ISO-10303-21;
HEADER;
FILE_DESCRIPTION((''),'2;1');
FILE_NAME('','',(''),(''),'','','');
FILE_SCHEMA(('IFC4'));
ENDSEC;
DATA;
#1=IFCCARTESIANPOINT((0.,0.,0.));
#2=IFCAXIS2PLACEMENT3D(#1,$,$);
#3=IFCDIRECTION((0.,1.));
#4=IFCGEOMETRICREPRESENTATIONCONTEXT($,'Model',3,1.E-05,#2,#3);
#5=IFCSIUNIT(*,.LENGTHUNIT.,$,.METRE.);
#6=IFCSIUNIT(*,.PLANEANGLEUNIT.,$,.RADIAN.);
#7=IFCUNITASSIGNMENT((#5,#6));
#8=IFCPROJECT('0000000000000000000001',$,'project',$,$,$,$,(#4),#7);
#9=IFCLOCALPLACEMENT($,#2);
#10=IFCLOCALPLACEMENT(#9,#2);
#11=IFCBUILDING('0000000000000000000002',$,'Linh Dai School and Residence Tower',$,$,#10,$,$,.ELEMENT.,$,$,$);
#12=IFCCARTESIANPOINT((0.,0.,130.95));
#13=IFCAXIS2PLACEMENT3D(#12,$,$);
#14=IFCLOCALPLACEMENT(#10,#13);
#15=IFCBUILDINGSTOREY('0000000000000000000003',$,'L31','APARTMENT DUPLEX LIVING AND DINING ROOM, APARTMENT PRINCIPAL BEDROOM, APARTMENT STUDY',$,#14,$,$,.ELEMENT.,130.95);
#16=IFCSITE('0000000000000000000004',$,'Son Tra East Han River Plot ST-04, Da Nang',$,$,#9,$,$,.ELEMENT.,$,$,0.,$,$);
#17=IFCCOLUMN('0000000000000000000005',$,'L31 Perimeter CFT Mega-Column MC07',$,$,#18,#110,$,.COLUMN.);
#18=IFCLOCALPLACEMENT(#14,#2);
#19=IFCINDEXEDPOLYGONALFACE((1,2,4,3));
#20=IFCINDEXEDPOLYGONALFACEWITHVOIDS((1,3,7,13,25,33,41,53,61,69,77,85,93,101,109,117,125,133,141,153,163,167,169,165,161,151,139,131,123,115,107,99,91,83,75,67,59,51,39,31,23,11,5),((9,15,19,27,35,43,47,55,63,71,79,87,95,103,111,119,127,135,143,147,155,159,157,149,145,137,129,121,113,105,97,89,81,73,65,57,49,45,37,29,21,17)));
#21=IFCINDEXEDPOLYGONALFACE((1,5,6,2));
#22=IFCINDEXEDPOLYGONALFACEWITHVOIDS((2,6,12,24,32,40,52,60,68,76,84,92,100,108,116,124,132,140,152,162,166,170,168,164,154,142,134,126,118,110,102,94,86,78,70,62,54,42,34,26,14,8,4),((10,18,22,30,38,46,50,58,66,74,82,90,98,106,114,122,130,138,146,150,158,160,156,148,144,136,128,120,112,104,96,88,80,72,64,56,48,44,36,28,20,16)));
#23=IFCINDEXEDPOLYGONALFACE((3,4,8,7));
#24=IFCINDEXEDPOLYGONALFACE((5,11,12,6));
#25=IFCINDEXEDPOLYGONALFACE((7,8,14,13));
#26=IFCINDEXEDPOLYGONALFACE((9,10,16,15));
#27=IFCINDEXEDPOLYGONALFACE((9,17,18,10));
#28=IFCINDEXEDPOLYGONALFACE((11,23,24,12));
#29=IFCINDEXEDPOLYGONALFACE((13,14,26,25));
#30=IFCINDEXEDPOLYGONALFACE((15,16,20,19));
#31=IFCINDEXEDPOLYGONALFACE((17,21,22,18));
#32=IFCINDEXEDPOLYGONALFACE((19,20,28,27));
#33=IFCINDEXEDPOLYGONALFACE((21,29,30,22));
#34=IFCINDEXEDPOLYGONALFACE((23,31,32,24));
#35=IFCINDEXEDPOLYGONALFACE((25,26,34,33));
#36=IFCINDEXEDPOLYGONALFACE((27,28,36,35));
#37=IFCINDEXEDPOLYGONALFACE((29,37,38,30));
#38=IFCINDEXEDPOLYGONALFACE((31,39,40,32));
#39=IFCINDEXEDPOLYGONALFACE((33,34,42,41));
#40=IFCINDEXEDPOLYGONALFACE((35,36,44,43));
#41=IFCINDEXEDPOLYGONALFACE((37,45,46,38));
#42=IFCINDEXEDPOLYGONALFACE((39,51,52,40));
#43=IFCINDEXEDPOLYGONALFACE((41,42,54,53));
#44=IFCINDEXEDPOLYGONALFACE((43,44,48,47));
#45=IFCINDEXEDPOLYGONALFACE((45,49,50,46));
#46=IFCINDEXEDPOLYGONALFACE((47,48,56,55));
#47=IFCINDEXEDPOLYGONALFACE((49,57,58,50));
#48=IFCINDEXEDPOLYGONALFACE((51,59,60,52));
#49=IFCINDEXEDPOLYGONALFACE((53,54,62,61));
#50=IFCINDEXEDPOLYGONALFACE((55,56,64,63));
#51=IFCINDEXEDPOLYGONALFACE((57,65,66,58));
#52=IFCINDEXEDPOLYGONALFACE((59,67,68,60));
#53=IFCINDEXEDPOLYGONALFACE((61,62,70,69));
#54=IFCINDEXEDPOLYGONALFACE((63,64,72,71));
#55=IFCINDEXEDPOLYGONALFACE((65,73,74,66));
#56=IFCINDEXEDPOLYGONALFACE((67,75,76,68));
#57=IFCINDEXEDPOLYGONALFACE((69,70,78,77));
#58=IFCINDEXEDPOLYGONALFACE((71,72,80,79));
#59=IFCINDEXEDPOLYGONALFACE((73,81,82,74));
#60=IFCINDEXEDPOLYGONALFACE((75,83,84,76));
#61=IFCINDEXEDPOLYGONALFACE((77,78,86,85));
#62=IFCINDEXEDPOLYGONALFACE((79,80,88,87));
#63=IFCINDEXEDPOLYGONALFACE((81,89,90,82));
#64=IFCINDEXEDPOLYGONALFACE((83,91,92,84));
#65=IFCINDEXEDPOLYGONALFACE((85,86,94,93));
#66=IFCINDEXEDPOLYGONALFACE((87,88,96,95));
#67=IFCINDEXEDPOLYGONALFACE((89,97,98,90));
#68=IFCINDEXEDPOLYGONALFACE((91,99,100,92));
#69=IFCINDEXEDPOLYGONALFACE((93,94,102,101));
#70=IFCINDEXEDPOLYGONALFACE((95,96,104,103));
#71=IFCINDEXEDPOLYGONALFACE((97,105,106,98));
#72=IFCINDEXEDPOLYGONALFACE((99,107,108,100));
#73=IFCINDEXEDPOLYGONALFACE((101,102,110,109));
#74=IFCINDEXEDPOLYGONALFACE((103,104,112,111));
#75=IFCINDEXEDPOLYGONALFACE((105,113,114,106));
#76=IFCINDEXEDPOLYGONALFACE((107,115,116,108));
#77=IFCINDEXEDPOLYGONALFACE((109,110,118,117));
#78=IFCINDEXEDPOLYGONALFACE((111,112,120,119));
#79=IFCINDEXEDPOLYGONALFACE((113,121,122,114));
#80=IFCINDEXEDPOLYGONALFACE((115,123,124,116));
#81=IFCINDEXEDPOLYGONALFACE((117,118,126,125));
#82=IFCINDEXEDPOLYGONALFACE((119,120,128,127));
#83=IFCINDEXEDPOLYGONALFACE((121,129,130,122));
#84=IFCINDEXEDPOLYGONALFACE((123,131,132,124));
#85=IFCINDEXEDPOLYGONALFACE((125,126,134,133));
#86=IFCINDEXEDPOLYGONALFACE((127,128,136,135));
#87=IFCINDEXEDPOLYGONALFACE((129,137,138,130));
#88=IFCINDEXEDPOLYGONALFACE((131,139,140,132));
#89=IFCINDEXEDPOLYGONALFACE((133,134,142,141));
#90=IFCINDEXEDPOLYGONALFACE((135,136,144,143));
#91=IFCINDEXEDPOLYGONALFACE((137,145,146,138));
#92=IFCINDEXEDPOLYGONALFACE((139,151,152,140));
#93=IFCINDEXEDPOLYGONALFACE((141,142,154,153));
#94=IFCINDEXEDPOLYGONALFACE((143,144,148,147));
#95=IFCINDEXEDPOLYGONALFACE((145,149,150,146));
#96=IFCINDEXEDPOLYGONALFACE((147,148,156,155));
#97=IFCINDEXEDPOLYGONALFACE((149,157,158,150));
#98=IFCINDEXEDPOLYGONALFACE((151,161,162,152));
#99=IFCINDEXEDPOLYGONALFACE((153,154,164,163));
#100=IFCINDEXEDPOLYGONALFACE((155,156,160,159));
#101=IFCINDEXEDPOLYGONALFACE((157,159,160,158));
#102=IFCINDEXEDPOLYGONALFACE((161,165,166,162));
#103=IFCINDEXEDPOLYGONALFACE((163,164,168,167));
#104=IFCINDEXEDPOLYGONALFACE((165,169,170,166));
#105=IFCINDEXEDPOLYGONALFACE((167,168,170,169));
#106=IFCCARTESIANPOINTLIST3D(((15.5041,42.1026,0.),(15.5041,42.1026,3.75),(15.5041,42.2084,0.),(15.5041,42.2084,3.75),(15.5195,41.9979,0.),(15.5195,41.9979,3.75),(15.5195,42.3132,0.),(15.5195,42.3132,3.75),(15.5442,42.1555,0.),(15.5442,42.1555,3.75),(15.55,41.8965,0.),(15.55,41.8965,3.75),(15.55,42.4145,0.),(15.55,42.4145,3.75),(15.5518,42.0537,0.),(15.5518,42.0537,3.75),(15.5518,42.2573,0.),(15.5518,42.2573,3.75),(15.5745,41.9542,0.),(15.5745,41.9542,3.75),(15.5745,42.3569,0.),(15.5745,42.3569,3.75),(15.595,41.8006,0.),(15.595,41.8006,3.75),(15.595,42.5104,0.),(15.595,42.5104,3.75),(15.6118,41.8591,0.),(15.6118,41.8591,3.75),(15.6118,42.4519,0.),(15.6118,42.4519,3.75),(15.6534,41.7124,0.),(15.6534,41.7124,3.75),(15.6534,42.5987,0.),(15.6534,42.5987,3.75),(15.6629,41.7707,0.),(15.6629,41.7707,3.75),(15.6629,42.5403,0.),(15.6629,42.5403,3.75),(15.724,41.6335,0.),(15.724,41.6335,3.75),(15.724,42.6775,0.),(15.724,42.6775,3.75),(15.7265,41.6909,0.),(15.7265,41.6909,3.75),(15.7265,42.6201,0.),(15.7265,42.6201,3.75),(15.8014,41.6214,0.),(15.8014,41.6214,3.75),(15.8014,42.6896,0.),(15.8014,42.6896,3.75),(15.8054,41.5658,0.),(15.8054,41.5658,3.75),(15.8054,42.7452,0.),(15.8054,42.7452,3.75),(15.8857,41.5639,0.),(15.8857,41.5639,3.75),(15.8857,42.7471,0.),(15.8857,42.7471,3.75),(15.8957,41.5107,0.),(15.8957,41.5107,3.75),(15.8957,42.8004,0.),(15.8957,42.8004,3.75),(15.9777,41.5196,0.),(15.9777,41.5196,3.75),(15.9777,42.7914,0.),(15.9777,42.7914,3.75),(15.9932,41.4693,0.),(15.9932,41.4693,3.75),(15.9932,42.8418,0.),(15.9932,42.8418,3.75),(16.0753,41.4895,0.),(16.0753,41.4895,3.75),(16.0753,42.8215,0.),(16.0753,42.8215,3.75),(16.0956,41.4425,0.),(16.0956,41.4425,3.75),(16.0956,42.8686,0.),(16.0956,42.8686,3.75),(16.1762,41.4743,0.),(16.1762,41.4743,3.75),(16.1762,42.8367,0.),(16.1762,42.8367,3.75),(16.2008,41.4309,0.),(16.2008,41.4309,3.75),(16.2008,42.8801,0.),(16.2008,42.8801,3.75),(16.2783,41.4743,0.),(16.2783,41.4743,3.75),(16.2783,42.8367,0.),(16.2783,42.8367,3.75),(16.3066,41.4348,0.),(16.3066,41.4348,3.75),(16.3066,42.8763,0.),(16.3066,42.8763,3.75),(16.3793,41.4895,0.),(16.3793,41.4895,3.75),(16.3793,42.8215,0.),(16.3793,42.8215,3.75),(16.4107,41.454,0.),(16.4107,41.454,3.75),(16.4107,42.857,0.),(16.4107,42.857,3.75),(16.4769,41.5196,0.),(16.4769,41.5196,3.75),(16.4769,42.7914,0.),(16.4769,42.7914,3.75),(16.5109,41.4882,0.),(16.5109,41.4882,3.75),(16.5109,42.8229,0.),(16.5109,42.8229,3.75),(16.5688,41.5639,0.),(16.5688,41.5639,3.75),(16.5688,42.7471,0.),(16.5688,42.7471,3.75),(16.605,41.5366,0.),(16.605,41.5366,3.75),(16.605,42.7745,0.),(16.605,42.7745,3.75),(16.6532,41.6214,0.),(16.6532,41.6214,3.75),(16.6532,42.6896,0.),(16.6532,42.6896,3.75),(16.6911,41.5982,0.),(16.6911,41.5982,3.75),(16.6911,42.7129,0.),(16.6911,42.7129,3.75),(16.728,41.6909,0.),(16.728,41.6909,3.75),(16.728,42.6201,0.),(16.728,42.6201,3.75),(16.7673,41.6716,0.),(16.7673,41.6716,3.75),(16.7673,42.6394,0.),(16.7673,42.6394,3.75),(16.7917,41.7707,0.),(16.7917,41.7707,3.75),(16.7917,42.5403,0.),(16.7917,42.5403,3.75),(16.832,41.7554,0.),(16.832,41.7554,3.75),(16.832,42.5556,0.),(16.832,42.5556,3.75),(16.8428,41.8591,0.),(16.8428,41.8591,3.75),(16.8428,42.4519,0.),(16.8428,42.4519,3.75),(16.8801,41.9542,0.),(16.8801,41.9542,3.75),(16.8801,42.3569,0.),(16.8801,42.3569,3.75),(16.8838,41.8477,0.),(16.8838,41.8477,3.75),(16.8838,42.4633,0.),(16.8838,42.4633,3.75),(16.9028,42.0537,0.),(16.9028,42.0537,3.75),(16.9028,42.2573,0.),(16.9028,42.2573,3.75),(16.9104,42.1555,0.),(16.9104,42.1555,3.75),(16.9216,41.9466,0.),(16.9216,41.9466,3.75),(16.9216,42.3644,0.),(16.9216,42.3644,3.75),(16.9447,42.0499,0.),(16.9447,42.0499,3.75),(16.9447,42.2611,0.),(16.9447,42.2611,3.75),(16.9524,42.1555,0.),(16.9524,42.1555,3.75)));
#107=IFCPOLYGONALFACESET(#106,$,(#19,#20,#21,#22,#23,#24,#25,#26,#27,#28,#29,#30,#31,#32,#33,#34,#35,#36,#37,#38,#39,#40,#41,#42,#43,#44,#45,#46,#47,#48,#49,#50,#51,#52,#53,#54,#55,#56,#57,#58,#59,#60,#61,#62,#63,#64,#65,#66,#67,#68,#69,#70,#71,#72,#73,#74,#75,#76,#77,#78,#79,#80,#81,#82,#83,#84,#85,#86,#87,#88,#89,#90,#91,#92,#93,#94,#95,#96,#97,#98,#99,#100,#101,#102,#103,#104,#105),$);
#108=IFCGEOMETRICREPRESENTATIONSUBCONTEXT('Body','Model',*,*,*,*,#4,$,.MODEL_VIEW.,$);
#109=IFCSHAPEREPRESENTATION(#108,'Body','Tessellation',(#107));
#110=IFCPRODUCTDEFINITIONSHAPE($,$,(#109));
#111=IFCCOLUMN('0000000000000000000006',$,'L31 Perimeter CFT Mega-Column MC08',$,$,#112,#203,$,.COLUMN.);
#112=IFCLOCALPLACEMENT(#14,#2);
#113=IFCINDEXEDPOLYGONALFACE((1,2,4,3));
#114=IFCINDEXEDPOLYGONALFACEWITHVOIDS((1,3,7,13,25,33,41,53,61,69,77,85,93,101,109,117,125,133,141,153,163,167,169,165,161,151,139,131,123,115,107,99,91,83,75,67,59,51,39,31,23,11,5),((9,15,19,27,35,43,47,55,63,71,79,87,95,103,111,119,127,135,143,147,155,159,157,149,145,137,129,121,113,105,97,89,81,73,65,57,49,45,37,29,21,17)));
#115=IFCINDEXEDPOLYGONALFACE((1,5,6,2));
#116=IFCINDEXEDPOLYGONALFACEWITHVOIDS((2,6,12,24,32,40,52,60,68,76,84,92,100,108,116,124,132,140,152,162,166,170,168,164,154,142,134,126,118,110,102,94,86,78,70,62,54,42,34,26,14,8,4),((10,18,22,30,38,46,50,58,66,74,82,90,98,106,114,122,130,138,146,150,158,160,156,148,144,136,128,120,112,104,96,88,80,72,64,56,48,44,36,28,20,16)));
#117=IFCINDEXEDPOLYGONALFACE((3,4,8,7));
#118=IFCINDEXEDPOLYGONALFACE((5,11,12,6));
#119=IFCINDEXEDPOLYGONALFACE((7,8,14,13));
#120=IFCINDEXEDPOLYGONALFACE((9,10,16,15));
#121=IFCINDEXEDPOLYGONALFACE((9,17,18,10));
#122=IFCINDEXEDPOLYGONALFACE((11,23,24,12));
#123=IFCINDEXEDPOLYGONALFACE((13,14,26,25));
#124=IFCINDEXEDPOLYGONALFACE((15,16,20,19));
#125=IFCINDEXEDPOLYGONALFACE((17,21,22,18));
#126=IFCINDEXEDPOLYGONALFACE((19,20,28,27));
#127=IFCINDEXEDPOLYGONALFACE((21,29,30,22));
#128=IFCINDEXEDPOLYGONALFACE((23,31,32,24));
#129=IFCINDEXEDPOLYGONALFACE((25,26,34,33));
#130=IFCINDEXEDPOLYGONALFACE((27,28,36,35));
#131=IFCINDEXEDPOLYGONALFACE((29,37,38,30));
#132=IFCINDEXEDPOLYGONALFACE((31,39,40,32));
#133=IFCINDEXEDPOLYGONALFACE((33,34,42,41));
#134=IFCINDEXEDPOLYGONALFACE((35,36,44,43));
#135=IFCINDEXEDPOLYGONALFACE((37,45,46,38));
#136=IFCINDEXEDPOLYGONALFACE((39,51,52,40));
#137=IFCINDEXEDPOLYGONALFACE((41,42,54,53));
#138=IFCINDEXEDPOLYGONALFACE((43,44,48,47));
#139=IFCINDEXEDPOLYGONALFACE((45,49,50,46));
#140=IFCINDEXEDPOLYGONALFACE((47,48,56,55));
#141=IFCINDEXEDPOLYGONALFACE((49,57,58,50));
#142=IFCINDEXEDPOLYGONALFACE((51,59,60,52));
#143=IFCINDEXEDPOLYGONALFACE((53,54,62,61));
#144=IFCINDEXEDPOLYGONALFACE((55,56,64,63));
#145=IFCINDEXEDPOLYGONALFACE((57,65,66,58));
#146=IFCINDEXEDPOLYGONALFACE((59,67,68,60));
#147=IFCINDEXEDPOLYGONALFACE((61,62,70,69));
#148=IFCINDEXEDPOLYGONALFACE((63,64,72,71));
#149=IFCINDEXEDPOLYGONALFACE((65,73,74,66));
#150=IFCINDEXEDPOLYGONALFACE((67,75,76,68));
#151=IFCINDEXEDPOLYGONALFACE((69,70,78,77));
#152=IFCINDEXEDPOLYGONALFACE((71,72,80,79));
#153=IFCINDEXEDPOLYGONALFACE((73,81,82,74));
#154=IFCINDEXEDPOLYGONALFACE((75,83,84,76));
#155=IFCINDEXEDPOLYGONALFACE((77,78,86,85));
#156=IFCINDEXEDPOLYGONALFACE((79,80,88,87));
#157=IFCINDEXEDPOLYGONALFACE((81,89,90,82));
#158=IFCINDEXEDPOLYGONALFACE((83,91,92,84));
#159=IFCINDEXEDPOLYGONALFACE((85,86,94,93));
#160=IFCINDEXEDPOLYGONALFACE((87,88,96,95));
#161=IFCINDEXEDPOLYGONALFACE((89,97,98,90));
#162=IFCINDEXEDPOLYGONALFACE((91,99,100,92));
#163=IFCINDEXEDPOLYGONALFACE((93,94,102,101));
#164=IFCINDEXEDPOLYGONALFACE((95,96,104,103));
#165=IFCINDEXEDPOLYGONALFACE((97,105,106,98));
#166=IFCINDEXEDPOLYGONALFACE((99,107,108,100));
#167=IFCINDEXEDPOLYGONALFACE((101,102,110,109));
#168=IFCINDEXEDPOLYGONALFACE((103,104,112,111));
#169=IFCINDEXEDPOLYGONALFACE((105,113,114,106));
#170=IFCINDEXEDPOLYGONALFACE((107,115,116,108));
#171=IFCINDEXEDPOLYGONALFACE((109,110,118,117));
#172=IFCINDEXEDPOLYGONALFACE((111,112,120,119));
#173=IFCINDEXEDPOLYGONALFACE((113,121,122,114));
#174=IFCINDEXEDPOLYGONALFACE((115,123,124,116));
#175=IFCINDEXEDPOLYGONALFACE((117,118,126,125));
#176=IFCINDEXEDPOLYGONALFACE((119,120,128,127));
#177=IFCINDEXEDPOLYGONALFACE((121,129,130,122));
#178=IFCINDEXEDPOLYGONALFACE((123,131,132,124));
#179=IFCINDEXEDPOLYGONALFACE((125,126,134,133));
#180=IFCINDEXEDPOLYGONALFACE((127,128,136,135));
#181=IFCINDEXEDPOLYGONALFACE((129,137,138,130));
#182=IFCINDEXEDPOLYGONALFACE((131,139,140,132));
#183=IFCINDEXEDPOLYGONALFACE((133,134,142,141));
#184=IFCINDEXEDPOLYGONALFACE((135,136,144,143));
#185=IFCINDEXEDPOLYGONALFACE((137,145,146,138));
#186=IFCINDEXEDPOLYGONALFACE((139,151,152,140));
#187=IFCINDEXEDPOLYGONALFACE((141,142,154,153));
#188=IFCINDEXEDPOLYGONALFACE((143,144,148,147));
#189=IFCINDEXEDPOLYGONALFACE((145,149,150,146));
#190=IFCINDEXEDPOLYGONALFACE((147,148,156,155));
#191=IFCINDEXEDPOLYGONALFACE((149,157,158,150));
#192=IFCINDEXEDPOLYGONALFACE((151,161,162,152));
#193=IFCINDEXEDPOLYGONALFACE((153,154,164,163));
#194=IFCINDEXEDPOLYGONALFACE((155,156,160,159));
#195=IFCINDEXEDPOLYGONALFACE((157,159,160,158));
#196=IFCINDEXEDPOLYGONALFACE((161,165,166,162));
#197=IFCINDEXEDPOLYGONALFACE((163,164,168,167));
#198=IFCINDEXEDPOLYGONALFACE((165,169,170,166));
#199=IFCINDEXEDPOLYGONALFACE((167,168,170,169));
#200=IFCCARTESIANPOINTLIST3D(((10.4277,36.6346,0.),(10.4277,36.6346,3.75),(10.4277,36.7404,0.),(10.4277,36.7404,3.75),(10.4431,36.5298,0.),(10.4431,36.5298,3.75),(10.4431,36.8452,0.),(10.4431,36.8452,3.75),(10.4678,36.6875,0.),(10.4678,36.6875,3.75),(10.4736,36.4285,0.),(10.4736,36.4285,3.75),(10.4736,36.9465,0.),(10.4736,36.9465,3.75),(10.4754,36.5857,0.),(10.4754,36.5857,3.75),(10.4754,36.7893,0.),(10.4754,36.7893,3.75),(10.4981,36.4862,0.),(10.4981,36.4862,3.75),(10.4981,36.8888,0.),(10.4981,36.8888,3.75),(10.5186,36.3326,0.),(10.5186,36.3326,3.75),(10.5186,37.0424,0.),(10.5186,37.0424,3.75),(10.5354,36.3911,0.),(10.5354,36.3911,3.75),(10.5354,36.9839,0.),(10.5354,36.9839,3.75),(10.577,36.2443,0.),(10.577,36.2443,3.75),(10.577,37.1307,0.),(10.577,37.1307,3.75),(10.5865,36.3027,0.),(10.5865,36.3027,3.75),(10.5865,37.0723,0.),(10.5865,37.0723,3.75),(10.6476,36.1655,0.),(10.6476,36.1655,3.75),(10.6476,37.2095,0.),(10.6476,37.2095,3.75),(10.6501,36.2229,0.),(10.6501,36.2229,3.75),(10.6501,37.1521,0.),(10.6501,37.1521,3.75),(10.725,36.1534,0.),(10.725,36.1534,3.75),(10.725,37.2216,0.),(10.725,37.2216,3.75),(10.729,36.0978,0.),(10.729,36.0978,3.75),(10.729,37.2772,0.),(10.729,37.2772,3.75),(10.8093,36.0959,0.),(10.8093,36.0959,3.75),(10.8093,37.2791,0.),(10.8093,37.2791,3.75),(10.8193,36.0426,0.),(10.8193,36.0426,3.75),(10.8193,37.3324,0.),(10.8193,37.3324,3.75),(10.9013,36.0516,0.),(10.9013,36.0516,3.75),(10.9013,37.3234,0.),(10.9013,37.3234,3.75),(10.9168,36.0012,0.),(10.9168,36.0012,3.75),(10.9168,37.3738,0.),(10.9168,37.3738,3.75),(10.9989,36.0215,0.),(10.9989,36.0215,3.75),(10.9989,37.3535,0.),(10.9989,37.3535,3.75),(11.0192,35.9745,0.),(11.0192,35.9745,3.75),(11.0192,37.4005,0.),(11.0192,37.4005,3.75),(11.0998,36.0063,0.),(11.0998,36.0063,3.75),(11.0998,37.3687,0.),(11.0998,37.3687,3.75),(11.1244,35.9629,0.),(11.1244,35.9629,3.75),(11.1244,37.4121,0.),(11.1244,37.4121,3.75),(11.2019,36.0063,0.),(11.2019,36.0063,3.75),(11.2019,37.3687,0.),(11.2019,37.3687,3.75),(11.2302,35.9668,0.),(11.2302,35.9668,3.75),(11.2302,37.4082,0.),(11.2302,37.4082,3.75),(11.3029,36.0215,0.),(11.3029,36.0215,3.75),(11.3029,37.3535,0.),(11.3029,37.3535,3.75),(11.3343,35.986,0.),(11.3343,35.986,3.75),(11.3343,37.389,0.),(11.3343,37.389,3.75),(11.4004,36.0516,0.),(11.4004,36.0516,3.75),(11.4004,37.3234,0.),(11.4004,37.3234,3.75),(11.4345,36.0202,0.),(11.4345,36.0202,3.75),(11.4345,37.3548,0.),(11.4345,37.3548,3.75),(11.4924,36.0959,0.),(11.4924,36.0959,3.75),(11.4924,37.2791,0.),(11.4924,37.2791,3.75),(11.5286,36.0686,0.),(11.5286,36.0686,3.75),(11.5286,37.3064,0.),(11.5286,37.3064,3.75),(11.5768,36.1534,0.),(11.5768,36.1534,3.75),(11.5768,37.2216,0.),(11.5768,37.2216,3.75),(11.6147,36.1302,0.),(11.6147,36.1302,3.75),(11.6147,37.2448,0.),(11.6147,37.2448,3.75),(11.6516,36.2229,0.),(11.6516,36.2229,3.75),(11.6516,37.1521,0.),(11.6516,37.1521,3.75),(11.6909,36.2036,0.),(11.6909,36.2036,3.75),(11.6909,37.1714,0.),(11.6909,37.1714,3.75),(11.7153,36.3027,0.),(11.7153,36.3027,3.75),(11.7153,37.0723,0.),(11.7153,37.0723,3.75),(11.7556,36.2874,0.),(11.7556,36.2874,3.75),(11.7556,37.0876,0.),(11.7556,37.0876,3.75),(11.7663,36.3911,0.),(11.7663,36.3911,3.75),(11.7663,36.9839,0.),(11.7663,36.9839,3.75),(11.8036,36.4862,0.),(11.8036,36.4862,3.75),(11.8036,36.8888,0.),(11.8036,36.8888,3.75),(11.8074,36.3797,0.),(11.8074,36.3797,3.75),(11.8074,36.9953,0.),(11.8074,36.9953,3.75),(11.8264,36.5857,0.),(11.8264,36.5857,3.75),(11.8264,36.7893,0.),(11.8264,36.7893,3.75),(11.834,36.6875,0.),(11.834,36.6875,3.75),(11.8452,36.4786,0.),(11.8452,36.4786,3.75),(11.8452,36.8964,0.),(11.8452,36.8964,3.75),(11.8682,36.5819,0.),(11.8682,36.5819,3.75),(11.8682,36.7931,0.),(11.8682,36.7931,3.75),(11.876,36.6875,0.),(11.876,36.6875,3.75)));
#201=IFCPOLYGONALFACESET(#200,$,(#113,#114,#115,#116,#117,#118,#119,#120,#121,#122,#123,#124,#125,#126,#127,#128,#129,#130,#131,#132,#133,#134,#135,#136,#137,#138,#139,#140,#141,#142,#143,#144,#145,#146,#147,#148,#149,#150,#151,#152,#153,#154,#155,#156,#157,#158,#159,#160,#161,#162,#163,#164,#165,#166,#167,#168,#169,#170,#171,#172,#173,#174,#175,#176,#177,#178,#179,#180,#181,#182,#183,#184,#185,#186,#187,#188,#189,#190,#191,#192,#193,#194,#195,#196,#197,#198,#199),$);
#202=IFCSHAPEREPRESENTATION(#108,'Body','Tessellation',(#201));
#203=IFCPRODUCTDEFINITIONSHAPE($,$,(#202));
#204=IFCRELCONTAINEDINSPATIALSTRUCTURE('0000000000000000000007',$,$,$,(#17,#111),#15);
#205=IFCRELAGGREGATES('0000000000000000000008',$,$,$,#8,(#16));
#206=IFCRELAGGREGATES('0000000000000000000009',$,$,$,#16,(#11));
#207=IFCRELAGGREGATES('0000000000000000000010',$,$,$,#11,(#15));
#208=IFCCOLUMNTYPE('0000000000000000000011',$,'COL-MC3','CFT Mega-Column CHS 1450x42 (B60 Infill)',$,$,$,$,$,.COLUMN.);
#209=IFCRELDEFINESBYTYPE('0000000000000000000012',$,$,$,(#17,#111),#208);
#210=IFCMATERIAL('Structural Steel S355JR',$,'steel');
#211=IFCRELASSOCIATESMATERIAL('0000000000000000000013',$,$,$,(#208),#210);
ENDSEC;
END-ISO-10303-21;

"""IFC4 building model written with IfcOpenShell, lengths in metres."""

from ifc_helpers import new_model, si_unit, direction, frame, origin, origin_2d, place, context, subcontext, project, spatial, hollow_circle, extrude, material, material_profile, profile_set, type_object, element, save


model = new_model("IFC4")

# Units and contexts
model_context = context("Model", 3, precision=1e-05, world=origin(), true_north=direction((0.0, 1.0)))
body_context = subcontext(model_context, "Body", "Model", "MODEL_VIEW")
ifc_project = project(units=[si_unit("LENGTHUNIT", "METRE"), si_unit("PLANEANGLEUNIT", "RADIAN")], contexts=[model_context])

# Site, building, storey
site_placement = place(None, origin())
site = spatial("IfcSite", under=ifc_project, at=site_placement, Name="Son Tra East Han River Plot ST-04, Da Nang", CompositionType="ELEMENT", RefElevation=0.0)
building_placement = place(site_placement, origin())
building = spatial("IfcBuilding", under=site, at=building_placement, Name="Linh Dai School and Residence Tower", CompositionType="ELEMENT")
storey_placement = place(building_placement, frame((0.0, 0.0, 130.95)))
storey = spatial("IfcBuildingStorey", under=building, at=storey_placement, Name="L31", Description="APARTMENT DUPLEX LIVING AND DINING ROOM, APARTMENT PRINCIPAL BEDROOM, APARTMENT STUDY", CompositionType="ELEMENT", Elevation=130.95)

# Columns
ifc_material_1 = material(Name="Structural Steel S355JR", Category="steel")
ifc_material_profile_1 = material_profile(ifc_material_1, hollow_circle(Radius=0.7251, WallThickness=0.042, at=origin_2d()), Name="CHS 1450x42")
ifc_profile_set_1 = profile_set([ifc_material_profile_1], Name="Structural Steel S355JR")
column_type = type_object("IfcColumnType", Name="COL-MC3", Description="CFT Mega-Column CHS 1450x42 (B60 Infill)", PredefinedType="COLUMN", material=ifc_profile_set_1)
for number, where, z_axis, x_axis, name in (
    (1, (16.2273, 42.1555, 0.0), (0.0, 0.0, 1.0), (1.0, 0.0, 0.0), "L31 Perimeter CFT Mega-Column MC07"),
    (2, (11.1509, 36.6875, 0.0), (0.0, 0.0, 1.0), (1.0, 0.0, 0.0), "L31 Perimeter CFT Mega-Column MC08"),
):
    element("IfcColumn", number, at=place(storey_placement, frame(where, z_axis=z_axis, x_axis=x_axis)), inside=storey, type_object=column_type, Name=name, PredefinedType="COLUMN", context=body_context, shape_type="SweptSolid", body=[
        extrude(hollow_circle(Radius=0.7251, WallThickness=0.042, at=origin_2d()), origin(), (0.0, 0.0, 1.0), 3.75),
    ])

save(model, "model.ifc")
